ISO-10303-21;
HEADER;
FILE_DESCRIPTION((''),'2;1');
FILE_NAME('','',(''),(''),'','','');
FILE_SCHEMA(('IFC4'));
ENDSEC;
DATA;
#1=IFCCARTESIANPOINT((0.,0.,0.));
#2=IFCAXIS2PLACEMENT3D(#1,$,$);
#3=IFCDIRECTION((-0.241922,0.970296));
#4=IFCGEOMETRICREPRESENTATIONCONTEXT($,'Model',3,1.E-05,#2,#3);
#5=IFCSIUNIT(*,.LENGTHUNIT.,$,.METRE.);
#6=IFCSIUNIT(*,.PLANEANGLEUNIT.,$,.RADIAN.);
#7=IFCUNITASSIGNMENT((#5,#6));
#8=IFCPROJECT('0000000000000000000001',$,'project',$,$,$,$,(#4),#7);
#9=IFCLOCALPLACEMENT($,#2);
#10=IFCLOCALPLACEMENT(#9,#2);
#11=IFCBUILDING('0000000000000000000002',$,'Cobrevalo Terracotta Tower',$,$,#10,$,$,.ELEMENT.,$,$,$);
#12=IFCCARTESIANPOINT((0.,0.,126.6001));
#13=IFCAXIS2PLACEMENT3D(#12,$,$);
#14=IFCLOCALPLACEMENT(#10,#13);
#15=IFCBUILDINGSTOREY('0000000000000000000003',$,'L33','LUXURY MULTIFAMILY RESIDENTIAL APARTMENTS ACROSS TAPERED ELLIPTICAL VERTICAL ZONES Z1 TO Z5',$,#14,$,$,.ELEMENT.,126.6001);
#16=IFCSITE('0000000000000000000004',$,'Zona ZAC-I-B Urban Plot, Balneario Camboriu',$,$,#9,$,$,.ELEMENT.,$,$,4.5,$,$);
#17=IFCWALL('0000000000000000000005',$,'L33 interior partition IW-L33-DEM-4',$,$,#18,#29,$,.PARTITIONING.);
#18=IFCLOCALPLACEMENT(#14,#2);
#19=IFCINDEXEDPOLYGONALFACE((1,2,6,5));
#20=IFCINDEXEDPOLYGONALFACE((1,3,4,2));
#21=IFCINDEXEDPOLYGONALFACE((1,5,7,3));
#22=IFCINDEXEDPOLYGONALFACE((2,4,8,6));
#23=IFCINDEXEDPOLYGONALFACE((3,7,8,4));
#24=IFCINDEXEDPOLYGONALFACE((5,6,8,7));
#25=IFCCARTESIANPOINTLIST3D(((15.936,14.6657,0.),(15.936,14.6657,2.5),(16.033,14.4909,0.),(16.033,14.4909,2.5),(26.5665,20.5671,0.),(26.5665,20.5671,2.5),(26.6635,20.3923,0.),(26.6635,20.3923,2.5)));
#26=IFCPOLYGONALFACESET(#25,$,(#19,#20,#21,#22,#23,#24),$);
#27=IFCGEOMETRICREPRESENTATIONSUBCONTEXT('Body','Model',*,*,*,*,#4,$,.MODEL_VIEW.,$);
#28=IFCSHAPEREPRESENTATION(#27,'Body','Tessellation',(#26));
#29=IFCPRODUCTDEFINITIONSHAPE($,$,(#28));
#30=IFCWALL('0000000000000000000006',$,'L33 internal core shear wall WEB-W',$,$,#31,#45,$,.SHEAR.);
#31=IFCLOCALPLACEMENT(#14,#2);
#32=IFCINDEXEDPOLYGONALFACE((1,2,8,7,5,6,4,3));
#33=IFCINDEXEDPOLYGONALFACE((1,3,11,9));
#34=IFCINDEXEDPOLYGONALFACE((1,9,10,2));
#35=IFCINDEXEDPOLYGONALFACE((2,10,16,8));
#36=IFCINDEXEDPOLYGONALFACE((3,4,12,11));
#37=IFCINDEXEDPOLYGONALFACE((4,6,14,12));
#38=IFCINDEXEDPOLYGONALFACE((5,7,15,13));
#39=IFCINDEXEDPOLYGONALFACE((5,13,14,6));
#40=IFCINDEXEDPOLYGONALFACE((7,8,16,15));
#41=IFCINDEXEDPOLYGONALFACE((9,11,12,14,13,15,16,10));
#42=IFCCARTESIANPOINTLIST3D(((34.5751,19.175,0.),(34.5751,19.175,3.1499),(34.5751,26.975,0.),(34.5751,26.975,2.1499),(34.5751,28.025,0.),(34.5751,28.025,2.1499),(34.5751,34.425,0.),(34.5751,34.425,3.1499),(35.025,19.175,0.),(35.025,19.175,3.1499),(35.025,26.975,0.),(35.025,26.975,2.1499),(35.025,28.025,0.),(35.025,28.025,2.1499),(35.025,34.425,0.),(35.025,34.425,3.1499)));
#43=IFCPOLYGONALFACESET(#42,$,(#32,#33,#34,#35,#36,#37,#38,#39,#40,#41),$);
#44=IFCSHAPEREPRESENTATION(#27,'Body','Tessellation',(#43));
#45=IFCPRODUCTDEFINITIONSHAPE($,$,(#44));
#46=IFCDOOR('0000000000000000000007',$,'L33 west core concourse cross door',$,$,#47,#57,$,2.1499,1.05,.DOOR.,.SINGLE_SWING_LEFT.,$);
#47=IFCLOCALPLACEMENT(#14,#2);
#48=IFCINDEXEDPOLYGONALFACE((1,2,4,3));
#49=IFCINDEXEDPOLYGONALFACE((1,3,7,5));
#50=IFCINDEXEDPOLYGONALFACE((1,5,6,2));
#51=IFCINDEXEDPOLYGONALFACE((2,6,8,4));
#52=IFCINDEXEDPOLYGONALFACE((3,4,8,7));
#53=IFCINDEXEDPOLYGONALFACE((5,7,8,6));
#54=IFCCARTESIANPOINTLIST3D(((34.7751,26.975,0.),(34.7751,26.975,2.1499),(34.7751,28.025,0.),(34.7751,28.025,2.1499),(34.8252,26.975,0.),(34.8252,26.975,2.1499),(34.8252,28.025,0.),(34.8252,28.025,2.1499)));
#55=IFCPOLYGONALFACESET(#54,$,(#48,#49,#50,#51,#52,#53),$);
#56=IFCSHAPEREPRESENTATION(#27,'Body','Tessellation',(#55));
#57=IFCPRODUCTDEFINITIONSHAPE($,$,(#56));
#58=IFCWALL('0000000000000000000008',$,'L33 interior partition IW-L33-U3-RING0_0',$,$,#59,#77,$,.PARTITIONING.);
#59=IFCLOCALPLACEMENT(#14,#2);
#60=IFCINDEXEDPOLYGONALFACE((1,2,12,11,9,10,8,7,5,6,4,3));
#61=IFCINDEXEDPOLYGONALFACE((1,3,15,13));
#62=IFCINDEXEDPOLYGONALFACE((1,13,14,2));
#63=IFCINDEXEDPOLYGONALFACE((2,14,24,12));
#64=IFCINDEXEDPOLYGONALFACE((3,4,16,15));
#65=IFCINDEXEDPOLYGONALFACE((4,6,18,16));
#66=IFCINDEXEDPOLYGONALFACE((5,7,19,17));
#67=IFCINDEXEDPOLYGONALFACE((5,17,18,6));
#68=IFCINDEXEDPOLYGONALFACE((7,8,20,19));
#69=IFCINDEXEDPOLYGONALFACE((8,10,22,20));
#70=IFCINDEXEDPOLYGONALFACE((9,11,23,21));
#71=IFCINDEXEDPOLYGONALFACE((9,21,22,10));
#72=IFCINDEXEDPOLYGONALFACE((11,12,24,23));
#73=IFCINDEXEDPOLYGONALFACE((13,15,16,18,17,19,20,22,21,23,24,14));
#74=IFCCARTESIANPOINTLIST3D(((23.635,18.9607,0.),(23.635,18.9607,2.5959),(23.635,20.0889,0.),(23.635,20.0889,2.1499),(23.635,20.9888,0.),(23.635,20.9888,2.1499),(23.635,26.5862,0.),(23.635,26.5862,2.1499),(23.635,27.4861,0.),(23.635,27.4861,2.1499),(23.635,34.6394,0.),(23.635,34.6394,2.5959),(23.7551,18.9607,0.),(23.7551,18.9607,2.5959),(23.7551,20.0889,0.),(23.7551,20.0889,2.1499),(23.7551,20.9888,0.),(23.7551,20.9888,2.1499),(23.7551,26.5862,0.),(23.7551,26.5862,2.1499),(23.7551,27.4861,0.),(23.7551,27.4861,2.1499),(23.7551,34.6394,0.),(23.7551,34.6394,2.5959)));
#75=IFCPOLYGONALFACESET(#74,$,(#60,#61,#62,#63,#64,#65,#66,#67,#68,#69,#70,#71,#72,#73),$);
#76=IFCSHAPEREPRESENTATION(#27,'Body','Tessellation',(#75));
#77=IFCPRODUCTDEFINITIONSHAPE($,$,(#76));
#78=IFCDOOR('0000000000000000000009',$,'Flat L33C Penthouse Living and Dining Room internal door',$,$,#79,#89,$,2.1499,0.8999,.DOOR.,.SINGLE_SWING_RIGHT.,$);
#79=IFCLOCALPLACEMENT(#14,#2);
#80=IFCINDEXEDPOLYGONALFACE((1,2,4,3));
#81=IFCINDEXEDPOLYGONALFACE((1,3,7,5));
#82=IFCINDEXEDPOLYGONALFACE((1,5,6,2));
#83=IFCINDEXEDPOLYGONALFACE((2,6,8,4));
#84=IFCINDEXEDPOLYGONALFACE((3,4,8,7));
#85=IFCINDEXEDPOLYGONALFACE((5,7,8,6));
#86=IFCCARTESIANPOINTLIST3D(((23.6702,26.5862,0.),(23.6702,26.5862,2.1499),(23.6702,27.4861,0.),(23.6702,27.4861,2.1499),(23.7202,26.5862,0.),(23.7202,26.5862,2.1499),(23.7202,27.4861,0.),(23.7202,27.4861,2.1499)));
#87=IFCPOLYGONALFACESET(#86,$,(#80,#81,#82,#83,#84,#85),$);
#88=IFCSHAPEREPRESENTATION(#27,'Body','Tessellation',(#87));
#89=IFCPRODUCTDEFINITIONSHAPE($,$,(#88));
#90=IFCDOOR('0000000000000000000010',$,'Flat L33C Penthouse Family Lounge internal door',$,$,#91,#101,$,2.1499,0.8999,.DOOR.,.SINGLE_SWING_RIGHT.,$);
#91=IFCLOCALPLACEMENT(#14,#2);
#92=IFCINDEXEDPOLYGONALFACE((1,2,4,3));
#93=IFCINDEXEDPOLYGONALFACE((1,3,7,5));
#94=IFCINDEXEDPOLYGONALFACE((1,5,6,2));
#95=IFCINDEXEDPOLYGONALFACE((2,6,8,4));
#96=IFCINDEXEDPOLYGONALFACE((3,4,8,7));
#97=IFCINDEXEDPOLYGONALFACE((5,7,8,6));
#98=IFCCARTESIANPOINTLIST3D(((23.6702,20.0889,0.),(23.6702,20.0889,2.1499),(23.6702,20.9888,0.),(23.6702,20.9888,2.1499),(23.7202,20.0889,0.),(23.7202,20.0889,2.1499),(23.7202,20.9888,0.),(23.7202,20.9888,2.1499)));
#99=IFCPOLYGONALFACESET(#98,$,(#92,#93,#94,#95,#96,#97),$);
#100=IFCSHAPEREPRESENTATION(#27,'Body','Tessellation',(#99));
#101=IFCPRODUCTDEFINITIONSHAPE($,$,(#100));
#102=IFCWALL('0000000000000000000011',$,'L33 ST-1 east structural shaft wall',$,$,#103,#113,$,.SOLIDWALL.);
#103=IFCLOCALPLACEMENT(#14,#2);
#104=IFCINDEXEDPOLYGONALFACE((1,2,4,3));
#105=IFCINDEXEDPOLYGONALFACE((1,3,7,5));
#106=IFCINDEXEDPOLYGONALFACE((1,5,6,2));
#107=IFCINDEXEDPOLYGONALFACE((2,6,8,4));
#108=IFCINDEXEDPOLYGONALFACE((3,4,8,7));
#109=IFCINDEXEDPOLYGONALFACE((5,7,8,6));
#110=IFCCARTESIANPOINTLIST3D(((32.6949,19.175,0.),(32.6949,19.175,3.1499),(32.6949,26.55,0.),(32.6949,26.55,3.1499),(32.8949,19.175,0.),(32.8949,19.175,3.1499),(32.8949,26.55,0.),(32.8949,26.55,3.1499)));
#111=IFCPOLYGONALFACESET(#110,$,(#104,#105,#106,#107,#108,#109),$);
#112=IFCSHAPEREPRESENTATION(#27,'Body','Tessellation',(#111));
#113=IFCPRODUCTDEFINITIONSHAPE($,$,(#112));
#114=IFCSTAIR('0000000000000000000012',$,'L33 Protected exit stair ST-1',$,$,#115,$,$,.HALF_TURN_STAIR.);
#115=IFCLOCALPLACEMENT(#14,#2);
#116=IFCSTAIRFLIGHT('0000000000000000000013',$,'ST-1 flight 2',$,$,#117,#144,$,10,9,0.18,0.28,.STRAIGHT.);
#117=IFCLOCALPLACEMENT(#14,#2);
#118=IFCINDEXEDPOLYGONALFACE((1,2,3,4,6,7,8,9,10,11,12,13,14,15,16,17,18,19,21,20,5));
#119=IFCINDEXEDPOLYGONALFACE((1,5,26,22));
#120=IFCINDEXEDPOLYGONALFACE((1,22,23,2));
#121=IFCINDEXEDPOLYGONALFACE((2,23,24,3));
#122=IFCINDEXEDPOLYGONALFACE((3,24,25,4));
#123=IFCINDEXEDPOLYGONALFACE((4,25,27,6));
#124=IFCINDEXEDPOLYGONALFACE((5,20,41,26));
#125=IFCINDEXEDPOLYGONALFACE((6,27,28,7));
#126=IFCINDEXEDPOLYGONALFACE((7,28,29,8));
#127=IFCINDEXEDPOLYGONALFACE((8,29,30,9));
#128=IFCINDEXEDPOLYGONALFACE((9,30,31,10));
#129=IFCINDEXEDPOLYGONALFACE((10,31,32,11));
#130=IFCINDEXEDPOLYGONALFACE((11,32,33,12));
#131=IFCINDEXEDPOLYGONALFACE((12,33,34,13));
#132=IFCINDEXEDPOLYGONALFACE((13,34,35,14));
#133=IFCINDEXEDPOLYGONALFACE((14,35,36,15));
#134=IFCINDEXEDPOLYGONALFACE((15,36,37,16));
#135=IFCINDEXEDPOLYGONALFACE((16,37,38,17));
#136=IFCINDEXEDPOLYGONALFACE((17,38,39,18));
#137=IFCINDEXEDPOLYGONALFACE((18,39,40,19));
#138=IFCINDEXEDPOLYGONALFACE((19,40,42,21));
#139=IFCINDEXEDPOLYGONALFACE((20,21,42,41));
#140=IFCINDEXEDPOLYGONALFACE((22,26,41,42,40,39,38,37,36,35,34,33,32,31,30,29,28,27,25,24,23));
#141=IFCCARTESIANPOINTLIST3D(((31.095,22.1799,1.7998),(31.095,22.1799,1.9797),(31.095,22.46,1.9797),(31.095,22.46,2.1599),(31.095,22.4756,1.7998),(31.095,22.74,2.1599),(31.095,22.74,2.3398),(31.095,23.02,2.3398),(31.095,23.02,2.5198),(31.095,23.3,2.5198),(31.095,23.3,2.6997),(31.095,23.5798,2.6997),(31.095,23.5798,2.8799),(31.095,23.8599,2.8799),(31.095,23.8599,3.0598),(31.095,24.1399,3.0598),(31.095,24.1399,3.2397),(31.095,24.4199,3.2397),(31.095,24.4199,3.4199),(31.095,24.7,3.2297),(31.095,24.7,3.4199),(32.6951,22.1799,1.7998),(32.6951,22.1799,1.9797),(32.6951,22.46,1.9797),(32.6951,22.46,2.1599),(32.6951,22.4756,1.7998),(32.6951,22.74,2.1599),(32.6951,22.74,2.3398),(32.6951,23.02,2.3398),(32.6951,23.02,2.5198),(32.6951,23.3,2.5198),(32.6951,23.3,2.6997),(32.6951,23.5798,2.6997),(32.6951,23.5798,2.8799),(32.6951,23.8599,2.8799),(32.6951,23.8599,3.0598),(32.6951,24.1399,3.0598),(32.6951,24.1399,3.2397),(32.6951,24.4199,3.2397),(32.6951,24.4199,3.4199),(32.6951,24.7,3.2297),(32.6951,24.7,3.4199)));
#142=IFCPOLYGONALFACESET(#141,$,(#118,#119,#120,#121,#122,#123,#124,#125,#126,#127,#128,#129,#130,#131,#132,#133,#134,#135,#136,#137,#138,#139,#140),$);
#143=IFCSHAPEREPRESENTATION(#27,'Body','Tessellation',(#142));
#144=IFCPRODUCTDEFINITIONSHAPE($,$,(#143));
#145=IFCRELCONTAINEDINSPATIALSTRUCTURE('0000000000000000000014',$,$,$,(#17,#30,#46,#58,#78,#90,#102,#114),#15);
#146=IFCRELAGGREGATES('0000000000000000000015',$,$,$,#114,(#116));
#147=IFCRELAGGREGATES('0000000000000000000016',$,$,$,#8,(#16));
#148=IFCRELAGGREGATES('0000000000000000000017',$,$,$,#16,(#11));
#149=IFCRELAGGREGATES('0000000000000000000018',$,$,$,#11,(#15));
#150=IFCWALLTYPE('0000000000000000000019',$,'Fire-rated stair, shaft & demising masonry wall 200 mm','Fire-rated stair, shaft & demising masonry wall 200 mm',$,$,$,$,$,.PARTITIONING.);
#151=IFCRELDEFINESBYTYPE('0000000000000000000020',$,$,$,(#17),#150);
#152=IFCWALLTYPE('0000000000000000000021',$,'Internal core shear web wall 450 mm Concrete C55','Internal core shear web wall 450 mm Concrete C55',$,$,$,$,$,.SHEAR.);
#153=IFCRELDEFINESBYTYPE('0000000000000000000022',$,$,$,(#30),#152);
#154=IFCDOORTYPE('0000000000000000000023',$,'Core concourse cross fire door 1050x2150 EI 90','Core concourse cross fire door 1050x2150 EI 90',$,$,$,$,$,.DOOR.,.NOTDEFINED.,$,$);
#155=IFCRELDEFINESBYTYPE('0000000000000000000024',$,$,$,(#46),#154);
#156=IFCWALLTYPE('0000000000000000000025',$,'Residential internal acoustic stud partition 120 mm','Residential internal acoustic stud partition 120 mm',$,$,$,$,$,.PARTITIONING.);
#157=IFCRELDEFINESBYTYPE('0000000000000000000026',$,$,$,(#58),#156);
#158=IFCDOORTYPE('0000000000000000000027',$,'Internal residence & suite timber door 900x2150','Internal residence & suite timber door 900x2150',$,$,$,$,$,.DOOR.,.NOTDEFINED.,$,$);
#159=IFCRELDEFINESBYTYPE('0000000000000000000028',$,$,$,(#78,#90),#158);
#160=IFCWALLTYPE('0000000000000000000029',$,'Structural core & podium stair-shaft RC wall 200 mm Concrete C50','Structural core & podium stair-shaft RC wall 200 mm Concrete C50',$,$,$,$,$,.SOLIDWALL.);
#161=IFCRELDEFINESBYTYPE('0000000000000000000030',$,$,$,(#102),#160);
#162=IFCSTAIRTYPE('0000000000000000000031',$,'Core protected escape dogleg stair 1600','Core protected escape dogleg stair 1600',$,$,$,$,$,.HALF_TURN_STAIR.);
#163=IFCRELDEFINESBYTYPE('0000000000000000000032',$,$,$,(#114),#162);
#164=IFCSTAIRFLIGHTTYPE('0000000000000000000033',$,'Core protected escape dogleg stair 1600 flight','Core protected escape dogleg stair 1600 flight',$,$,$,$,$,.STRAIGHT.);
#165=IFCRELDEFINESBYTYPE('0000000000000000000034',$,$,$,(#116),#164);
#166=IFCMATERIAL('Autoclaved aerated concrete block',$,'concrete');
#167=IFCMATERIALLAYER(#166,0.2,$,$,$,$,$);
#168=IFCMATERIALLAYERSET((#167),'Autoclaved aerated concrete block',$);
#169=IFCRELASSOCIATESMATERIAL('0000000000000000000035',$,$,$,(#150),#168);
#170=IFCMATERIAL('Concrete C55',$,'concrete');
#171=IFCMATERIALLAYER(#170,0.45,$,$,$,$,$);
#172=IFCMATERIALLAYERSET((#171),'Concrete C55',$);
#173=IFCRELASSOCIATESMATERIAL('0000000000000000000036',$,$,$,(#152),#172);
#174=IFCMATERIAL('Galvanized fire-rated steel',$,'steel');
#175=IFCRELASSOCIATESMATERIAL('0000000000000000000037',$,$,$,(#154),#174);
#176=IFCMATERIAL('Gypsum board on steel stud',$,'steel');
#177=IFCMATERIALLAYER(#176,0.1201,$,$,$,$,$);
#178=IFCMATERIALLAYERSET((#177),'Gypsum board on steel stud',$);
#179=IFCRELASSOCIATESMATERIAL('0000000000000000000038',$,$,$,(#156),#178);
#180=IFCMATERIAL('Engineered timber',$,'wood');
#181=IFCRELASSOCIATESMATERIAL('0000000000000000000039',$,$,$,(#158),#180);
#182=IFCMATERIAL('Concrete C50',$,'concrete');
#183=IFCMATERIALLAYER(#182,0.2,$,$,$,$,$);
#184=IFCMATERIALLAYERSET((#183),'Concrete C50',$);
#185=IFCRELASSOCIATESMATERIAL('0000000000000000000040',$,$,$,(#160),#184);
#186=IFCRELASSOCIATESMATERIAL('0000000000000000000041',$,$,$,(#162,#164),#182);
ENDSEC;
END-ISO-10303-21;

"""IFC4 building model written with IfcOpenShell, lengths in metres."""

from ifc_helpers import new_model, si_unit, direction, frame, frame_2d, origin, place, context, subcontext, project, spatial, polyline, rectangle, outline, extrude, source, transform, mapped, material, layer, layer_set, type_object, element, fill, aggregate, save


model = new_model("IFC4")

# Units and contexts
model_context = context("Model", 3, precision=1e-05, world=origin(), true_north=direction((-0.241922, 0.970296)))
body_context = subcontext(model_context, "Body", "Model", "MODEL_VIEW")
ifc_project = project(units=[si_unit("LENGTHUNIT", "METRE"), si_unit("PLANEANGLEUNIT", "RADIAN")], contexts=[model_context])

# Site, building, storey
site_placement = place(None, origin())
site = spatial("IfcSite", under=ifc_project, at=site_placement, Name="Zona ZAC-I-B Urban Plot, Balneario Camboriu", CompositionType="ELEMENT", RefElevation=4.5)
building_placement = place(site_placement, origin())
building = spatial("IfcBuilding", under=site, at=building_placement, Name="Cobrevalo Terracotta Tower", CompositionType="ELEMENT")
storey_placement = place(building_placement, frame((0.0, 0.0, 126.6001)))
storey = spatial("IfcBuildingStorey", under=building, at=storey_placement, Name="L33", Description="LUXURY MULTIFAMILY RESIDENTIAL APARTMENTS ACROSS TAPERED ELLIPTICAL VERTICAL ZONES Z1 TO Z5", CompositionType="ELEMENT", Elevation=126.6001)

# Shared definitions
ifc_material_1 = material(Name="Concrete C55", Category="concrete")

# Shared definitions
ifc_material_2 = material(Name="Galvanized fire-rated steel", Category="steel")
ifc_material_3 = material(Name="Gypsum board on steel stud", Category="steel")

# Wall
ifc_material_4 = material(Name="Autoclaved aerated concrete block", Category="concrete")
ifc_layer_1 = layer(ifc_material_4, 0.2)
ifc_layer_set_1 = layer_set([ifc_layer_1], Name="Autoclaved aerated concrete block")
wall_type_1 = type_object("IfcWallType", Name="Fire-rated stair, shaft & demising masonry wall 200 mm", Description="Fire-rated stair, shaft & demising masonry wall 200 mm", PredefinedType="PARTITIONING", material=ifc_layer_set_1)
wall_1_placement = place(storey_placement, frame((26.615, 20.4797, 0.0), z_axis=(0.0, 0.0, 1.0), x_axis=(-0.874311, -0.485367, 0.0)))
element("IfcWall", 1, at=wall_1_placement, inside=storey, type_object=wall_type_1, Name="L33 interior partition IW-L33-DEM-4", PredefinedType="PARTITIONING", context=body_context, shape_type="SweptSolid", body=[
    extrude(rectangle(XDim=12.1587, YDim=0.2, at=frame_2d((6.0793, 0.0))), origin(), (0.0, 0.0, 1.0), 2.5),
])

# Wall, opening, door
ifc_layer_2 = layer(ifc_material_1, 0.45)
ifc_layer_set_2 = layer_set([ifc_layer_2], Name="Concrete C55")
wall_type_2 = type_object("IfcWallType", Name="Internal core shear web wall 450 mm Concrete C55", Description="Internal core shear web wall 450 mm Concrete C55", PredefinedType="SHEAR", material=ifc_layer_set_2)
wall_2_placement = place(storey_placement, frame((34.8, 19.175, 0.0), z_axis=(0.0, 0.0, 1.0), x_axis=(0.0, 1.0, 0.0)))
wall_2 = element("IfcWall", 2, at=wall_2_placement, inside=storey, type_object=wall_type_2, Name="L33 internal core shear wall WEB-W", PredefinedType="SHEAR", context=body_context, shape_type="SweptSolid", body=[
    extrude(rectangle(XDim=15.25, YDim=0.45, at=frame_2d((7.625, 0.0))), origin(), (0.0, 0.0, 1.0), 3.1499),
])
opening_1_placement = place(wall_2_placement, frame((7.8, 0.0, 0.0)))
opening_1 = element("IfcOpeningElement", 3, at=opening_1_placement, cuts=wall_2, PredefinedType="OPENING", context=body_context, shape_type="SweptSolid", body=[
    extrude(rectangle(XDim=1.05, YDim=2.1499, at=frame_2d((0.5249, 1.075))), frame((0.0, 0.2349, 0.0), z_axis=(0.0, -1.0, 0.0), x_axis=(1.0, 0.0, 0.0)), (0.0, 0.0, 1.0), 0.47),
])
door_type_1 = type_object("IfcDoorType", Name="Core concourse cross fire door 1050x2150 EI 90", Description="Core concourse cross fire door 1050x2150 EI 90", OperationType="NOTDEFINED", PredefinedType="DOOR", material=ifc_material_2)
shared_shape_1 = source(origin(), body_context, "Body", "SweptSolid", [
    extrude(rectangle(XDim=1.05, YDim=2.1499, at=frame_2d((0.5249, 1.075))), frame((0.0, 0.0249, 0.0), z_axis=(0.0, -1.0, 0.0), x_axis=(1.0, 0.0, 0.0)), (0.0, 0.0, 1.0), 0.05),
])
door_1_placement = place(opening_1_placement, origin())
door_1 = element("IfcDoor", 4, at=door_1_placement, inside=storey, type_object=door_type_1, Name="L33 west core concourse cross door", OperationType="SINGLE_SWING_LEFT", OverallHeight=2.1499, OverallWidth=1.05, PredefinedType="DOOR", context=body_context, shape_type="MappedRepresentation", body=[
    mapped(shared_shape_1, transform((0.0, 0.0, 0.0), scale=1.0)),
])
fill(opening_1, door_1)

# Wall, openings, doors
ifc_layer_3 = layer(ifc_material_3, 0.1201)
ifc_layer_set_3 = layer_set([ifc_layer_3], Name="Gypsum board on steel stud")
wall_type_3 = type_object("IfcWallType", Name="Residential internal acoustic stud partition 120 mm", Description="Residential internal acoustic stud partition 120 mm", PredefinedType="PARTITIONING", material=ifc_layer_set_3)
wall_3_placement = place(storey_placement, frame((23.6951, 18.9607, 0.0), z_axis=(0.0, 0.0, 1.0), x_axis=(0.0, 1.0, 0.0)))
wall_3 = element("IfcWall", 5, at=wall_3_placement, inside=storey, type_object=wall_type_3, Name="L33 interior partition IW-L33-U3-RING0_0", PredefinedType="PARTITIONING", context=body_context, shape_type="SweptSolid", body=[
    extrude(rectangle(XDim=15.6787, YDim=0.1201, at=frame_2d((7.8394, 0.0))), origin(), (0.0, 0.0, 1.0), 2.5959),
])
opening_2_placement = place(wall_3_placement, frame((7.6255, 0.0, 0.0)))
opening_2 = element("IfcOpeningElement", 6, at=opening_2_placement, cuts=wall_3, PredefinedType="OPENING", context=body_context, shape_type="SweptSolid", body=[
    extrude(rectangle(XDim=0.8999, YDim=2.1499, at=frame_2d((0.45, 1.075))), frame((0.0, 0.0701, 0.0), z_axis=(0.0, -1.0, 0.0), x_axis=(1.0, 0.0, 0.0)), (0.0, 0.0, 1.0), 0.1401),
])
opening_3_placement = place(wall_3_placement, frame((1.1282, 0.0, 0.0)))
opening_3 = element("IfcOpeningElement", 7, at=opening_3_placement, cuts=wall_3, PredefinedType="OPENING", context=body_context, shape_type="SweptSolid", body=[
    extrude(rectangle(XDim=0.8999, YDim=2.1499, at=frame_2d((0.45, 1.075))), frame((0.0, 0.0701, 0.0), z_axis=(0.0, -1.0, 0.0), x_axis=(1.0, 0.0, 0.0)), (0.0, 0.0, 1.0), 0.1401),
])
ifc_material_5 = material(Name="Engineered timber", Category="wood")
door_type_2 = type_object("IfcDoorType", Name="Internal residence & suite timber door 900x2150", Description="Internal residence & suite timber door 900x2150", OperationType="NOTDEFINED", PredefinedType="DOOR", material=ifc_material_5)
shared_shape_2 = source(origin(), body_context, "Body", "SweptSolid", [
    extrude(rectangle(XDim=0.8999, YDim=2.1499, at=frame_2d((0.45, 1.075))), frame((0.0, 0.0249, 0.0), z_axis=(0.0, -1.0, 0.0), x_axis=(1.0, 0.0, 0.0)), (0.0, 0.0, 1.0), 0.05),
])
door_2_placement = place(opening_2_placement, origin())
door_2 = element("IfcDoor", 8, at=door_2_placement, inside=storey, type_object=door_type_2, Name="Flat L33C Penthouse Living and Dining Room internal door", OperationType="SINGLE_SWING_RIGHT", OverallHeight=2.1499, OverallWidth=0.8999, PredefinedType="DOOR", context=body_context, shape_type="MappedRepresentation", body=[
    mapped(shared_shape_2, transform((0.0, 0.0, 0.0), scale=1.0)),
])
fill(opening_2, door_2)
door_3_placement = place(opening_3_placement, origin())
door_3 = element("IfcDoor", 9, at=door_3_placement, inside=storey, type_object=door_type_2, Name="Flat L33C Penthouse Family Lounge internal door", OperationType="SINGLE_SWING_RIGHT", OverallHeight=2.1499, OverallWidth=0.8999, PredefinedType="DOOR", context=body_context, shape_type="MappedRepresentation", body=[
    mapped(shared_shape_2, transform((0.0, 0.0, 0.0), scale=1.0)),
])
fill(opening_3, door_3)

# Wall
ifc_material_6 = material(Name="Concrete C50", Category="concrete")
ifc_layer_4 = layer(ifc_material_6, 0.2)
ifc_layer_set_4 = layer_set([ifc_layer_4], Name="Concrete C50")
wall_type_4 = type_object("IfcWallType", Name="Structural core & podium stair-shaft RC wall 200 mm Concrete C50", Description="Structural core & podium stair-shaft RC wall 200 mm Concrete C50", PredefinedType="SOLIDWALL", material=ifc_layer_set_4)
wall_4_placement = place(storey_placement, frame((32.7949, 19.175, 0.0), z_axis=(0.0, 0.0, 1.0), x_axis=(0.0, 1.0, 0.0)))
element("IfcWall", 10, at=wall_4_placement, inside=storey, type_object=wall_type_4, Name="L33 ST-1 east structural shaft wall", PredefinedType="SOLIDWALL", context=body_context, shape_type="SweptSolid", body=[
    extrude(rectangle(XDim=7.375, YDim=0.2, at=frame_2d((3.6875, 0.0))), origin(), (0.0, 0.0, 1.0), 3.1499),
])

# Stair, stair flight
stair_type = type_object("IfcStairType", Name="Core protected escape dogleg stair 1600", Description="Core protected escape dogleg stair 1600", PredefinedType="HALF_TURN_STAIR", material=ifc_material_6)
stair_placement = place(storey_placement, origin())
stair = element("IfcStair", 11, at=stair_placement, inside=storey, type_object=stair_type, Name="L33 Protected exit stair ST-1", PredefinedType="HALF_TURN_STAIR")
stair_flight_type = type_object("IfcStairFlightType", Name="Core protected escape dogleg stair 1600 flight", Description="Core protected escape dogleg stair 1600 flight", PredefinedType="STRAIGHT", material=ifc_material_6)
stair_flight_placement = place(storey_placement, frame((31.895, 22.1799, 1.7998), z_axis=(0.0, 0.0, 1.0), x_axis=(0.0, 1.0, 0.0)))
stair_flight = element("IfcStairFlight", 12, at=stair_flight_placement, type_object=stair_flight_type, Name="ST-1 flight 2", NumberOfRisers=10, NumberOfTreads=9, PredefinedType="STRAIGHT", RiserHeight=0.18, TreadLength=0.28, context=body_context, shape_type="SweptSolid", body=[
    extrude(outline(polyline([(0.0, 0.0), (0.0, 0.1799), (0.28, 0.1799), (0.28, 0.3601), (0.5601, 0.3601), (0.5601, 0.54), (0.8401, 0.54), (0.8401, 0.72), (1.1201, 0.72), (1.1201, 0.8999), (1.3999, 0.8999), (1.3999, 1.0801), (1.6799, 1.0801), (1.6799, 1.26), (1.96, 1.26), (1.96, 1.4399), (2.24, 1.4399), (2.24, 1.6201), (2.52, 1.6201), (2.52, 1.8), (2.52, 1.4299), (0.2957, 0.0), (0.0, 0.0)])), frame((0.0, 0.8, 0.0), z_axis=(0.0, -1.0, 0.0), x_axis=(1.0, 0.0, 0.0)), (0.0, 0.0, 1.0), 1.6001),
])
aggregate(stair, [stair_flight])

save(model, "model.ifc")
